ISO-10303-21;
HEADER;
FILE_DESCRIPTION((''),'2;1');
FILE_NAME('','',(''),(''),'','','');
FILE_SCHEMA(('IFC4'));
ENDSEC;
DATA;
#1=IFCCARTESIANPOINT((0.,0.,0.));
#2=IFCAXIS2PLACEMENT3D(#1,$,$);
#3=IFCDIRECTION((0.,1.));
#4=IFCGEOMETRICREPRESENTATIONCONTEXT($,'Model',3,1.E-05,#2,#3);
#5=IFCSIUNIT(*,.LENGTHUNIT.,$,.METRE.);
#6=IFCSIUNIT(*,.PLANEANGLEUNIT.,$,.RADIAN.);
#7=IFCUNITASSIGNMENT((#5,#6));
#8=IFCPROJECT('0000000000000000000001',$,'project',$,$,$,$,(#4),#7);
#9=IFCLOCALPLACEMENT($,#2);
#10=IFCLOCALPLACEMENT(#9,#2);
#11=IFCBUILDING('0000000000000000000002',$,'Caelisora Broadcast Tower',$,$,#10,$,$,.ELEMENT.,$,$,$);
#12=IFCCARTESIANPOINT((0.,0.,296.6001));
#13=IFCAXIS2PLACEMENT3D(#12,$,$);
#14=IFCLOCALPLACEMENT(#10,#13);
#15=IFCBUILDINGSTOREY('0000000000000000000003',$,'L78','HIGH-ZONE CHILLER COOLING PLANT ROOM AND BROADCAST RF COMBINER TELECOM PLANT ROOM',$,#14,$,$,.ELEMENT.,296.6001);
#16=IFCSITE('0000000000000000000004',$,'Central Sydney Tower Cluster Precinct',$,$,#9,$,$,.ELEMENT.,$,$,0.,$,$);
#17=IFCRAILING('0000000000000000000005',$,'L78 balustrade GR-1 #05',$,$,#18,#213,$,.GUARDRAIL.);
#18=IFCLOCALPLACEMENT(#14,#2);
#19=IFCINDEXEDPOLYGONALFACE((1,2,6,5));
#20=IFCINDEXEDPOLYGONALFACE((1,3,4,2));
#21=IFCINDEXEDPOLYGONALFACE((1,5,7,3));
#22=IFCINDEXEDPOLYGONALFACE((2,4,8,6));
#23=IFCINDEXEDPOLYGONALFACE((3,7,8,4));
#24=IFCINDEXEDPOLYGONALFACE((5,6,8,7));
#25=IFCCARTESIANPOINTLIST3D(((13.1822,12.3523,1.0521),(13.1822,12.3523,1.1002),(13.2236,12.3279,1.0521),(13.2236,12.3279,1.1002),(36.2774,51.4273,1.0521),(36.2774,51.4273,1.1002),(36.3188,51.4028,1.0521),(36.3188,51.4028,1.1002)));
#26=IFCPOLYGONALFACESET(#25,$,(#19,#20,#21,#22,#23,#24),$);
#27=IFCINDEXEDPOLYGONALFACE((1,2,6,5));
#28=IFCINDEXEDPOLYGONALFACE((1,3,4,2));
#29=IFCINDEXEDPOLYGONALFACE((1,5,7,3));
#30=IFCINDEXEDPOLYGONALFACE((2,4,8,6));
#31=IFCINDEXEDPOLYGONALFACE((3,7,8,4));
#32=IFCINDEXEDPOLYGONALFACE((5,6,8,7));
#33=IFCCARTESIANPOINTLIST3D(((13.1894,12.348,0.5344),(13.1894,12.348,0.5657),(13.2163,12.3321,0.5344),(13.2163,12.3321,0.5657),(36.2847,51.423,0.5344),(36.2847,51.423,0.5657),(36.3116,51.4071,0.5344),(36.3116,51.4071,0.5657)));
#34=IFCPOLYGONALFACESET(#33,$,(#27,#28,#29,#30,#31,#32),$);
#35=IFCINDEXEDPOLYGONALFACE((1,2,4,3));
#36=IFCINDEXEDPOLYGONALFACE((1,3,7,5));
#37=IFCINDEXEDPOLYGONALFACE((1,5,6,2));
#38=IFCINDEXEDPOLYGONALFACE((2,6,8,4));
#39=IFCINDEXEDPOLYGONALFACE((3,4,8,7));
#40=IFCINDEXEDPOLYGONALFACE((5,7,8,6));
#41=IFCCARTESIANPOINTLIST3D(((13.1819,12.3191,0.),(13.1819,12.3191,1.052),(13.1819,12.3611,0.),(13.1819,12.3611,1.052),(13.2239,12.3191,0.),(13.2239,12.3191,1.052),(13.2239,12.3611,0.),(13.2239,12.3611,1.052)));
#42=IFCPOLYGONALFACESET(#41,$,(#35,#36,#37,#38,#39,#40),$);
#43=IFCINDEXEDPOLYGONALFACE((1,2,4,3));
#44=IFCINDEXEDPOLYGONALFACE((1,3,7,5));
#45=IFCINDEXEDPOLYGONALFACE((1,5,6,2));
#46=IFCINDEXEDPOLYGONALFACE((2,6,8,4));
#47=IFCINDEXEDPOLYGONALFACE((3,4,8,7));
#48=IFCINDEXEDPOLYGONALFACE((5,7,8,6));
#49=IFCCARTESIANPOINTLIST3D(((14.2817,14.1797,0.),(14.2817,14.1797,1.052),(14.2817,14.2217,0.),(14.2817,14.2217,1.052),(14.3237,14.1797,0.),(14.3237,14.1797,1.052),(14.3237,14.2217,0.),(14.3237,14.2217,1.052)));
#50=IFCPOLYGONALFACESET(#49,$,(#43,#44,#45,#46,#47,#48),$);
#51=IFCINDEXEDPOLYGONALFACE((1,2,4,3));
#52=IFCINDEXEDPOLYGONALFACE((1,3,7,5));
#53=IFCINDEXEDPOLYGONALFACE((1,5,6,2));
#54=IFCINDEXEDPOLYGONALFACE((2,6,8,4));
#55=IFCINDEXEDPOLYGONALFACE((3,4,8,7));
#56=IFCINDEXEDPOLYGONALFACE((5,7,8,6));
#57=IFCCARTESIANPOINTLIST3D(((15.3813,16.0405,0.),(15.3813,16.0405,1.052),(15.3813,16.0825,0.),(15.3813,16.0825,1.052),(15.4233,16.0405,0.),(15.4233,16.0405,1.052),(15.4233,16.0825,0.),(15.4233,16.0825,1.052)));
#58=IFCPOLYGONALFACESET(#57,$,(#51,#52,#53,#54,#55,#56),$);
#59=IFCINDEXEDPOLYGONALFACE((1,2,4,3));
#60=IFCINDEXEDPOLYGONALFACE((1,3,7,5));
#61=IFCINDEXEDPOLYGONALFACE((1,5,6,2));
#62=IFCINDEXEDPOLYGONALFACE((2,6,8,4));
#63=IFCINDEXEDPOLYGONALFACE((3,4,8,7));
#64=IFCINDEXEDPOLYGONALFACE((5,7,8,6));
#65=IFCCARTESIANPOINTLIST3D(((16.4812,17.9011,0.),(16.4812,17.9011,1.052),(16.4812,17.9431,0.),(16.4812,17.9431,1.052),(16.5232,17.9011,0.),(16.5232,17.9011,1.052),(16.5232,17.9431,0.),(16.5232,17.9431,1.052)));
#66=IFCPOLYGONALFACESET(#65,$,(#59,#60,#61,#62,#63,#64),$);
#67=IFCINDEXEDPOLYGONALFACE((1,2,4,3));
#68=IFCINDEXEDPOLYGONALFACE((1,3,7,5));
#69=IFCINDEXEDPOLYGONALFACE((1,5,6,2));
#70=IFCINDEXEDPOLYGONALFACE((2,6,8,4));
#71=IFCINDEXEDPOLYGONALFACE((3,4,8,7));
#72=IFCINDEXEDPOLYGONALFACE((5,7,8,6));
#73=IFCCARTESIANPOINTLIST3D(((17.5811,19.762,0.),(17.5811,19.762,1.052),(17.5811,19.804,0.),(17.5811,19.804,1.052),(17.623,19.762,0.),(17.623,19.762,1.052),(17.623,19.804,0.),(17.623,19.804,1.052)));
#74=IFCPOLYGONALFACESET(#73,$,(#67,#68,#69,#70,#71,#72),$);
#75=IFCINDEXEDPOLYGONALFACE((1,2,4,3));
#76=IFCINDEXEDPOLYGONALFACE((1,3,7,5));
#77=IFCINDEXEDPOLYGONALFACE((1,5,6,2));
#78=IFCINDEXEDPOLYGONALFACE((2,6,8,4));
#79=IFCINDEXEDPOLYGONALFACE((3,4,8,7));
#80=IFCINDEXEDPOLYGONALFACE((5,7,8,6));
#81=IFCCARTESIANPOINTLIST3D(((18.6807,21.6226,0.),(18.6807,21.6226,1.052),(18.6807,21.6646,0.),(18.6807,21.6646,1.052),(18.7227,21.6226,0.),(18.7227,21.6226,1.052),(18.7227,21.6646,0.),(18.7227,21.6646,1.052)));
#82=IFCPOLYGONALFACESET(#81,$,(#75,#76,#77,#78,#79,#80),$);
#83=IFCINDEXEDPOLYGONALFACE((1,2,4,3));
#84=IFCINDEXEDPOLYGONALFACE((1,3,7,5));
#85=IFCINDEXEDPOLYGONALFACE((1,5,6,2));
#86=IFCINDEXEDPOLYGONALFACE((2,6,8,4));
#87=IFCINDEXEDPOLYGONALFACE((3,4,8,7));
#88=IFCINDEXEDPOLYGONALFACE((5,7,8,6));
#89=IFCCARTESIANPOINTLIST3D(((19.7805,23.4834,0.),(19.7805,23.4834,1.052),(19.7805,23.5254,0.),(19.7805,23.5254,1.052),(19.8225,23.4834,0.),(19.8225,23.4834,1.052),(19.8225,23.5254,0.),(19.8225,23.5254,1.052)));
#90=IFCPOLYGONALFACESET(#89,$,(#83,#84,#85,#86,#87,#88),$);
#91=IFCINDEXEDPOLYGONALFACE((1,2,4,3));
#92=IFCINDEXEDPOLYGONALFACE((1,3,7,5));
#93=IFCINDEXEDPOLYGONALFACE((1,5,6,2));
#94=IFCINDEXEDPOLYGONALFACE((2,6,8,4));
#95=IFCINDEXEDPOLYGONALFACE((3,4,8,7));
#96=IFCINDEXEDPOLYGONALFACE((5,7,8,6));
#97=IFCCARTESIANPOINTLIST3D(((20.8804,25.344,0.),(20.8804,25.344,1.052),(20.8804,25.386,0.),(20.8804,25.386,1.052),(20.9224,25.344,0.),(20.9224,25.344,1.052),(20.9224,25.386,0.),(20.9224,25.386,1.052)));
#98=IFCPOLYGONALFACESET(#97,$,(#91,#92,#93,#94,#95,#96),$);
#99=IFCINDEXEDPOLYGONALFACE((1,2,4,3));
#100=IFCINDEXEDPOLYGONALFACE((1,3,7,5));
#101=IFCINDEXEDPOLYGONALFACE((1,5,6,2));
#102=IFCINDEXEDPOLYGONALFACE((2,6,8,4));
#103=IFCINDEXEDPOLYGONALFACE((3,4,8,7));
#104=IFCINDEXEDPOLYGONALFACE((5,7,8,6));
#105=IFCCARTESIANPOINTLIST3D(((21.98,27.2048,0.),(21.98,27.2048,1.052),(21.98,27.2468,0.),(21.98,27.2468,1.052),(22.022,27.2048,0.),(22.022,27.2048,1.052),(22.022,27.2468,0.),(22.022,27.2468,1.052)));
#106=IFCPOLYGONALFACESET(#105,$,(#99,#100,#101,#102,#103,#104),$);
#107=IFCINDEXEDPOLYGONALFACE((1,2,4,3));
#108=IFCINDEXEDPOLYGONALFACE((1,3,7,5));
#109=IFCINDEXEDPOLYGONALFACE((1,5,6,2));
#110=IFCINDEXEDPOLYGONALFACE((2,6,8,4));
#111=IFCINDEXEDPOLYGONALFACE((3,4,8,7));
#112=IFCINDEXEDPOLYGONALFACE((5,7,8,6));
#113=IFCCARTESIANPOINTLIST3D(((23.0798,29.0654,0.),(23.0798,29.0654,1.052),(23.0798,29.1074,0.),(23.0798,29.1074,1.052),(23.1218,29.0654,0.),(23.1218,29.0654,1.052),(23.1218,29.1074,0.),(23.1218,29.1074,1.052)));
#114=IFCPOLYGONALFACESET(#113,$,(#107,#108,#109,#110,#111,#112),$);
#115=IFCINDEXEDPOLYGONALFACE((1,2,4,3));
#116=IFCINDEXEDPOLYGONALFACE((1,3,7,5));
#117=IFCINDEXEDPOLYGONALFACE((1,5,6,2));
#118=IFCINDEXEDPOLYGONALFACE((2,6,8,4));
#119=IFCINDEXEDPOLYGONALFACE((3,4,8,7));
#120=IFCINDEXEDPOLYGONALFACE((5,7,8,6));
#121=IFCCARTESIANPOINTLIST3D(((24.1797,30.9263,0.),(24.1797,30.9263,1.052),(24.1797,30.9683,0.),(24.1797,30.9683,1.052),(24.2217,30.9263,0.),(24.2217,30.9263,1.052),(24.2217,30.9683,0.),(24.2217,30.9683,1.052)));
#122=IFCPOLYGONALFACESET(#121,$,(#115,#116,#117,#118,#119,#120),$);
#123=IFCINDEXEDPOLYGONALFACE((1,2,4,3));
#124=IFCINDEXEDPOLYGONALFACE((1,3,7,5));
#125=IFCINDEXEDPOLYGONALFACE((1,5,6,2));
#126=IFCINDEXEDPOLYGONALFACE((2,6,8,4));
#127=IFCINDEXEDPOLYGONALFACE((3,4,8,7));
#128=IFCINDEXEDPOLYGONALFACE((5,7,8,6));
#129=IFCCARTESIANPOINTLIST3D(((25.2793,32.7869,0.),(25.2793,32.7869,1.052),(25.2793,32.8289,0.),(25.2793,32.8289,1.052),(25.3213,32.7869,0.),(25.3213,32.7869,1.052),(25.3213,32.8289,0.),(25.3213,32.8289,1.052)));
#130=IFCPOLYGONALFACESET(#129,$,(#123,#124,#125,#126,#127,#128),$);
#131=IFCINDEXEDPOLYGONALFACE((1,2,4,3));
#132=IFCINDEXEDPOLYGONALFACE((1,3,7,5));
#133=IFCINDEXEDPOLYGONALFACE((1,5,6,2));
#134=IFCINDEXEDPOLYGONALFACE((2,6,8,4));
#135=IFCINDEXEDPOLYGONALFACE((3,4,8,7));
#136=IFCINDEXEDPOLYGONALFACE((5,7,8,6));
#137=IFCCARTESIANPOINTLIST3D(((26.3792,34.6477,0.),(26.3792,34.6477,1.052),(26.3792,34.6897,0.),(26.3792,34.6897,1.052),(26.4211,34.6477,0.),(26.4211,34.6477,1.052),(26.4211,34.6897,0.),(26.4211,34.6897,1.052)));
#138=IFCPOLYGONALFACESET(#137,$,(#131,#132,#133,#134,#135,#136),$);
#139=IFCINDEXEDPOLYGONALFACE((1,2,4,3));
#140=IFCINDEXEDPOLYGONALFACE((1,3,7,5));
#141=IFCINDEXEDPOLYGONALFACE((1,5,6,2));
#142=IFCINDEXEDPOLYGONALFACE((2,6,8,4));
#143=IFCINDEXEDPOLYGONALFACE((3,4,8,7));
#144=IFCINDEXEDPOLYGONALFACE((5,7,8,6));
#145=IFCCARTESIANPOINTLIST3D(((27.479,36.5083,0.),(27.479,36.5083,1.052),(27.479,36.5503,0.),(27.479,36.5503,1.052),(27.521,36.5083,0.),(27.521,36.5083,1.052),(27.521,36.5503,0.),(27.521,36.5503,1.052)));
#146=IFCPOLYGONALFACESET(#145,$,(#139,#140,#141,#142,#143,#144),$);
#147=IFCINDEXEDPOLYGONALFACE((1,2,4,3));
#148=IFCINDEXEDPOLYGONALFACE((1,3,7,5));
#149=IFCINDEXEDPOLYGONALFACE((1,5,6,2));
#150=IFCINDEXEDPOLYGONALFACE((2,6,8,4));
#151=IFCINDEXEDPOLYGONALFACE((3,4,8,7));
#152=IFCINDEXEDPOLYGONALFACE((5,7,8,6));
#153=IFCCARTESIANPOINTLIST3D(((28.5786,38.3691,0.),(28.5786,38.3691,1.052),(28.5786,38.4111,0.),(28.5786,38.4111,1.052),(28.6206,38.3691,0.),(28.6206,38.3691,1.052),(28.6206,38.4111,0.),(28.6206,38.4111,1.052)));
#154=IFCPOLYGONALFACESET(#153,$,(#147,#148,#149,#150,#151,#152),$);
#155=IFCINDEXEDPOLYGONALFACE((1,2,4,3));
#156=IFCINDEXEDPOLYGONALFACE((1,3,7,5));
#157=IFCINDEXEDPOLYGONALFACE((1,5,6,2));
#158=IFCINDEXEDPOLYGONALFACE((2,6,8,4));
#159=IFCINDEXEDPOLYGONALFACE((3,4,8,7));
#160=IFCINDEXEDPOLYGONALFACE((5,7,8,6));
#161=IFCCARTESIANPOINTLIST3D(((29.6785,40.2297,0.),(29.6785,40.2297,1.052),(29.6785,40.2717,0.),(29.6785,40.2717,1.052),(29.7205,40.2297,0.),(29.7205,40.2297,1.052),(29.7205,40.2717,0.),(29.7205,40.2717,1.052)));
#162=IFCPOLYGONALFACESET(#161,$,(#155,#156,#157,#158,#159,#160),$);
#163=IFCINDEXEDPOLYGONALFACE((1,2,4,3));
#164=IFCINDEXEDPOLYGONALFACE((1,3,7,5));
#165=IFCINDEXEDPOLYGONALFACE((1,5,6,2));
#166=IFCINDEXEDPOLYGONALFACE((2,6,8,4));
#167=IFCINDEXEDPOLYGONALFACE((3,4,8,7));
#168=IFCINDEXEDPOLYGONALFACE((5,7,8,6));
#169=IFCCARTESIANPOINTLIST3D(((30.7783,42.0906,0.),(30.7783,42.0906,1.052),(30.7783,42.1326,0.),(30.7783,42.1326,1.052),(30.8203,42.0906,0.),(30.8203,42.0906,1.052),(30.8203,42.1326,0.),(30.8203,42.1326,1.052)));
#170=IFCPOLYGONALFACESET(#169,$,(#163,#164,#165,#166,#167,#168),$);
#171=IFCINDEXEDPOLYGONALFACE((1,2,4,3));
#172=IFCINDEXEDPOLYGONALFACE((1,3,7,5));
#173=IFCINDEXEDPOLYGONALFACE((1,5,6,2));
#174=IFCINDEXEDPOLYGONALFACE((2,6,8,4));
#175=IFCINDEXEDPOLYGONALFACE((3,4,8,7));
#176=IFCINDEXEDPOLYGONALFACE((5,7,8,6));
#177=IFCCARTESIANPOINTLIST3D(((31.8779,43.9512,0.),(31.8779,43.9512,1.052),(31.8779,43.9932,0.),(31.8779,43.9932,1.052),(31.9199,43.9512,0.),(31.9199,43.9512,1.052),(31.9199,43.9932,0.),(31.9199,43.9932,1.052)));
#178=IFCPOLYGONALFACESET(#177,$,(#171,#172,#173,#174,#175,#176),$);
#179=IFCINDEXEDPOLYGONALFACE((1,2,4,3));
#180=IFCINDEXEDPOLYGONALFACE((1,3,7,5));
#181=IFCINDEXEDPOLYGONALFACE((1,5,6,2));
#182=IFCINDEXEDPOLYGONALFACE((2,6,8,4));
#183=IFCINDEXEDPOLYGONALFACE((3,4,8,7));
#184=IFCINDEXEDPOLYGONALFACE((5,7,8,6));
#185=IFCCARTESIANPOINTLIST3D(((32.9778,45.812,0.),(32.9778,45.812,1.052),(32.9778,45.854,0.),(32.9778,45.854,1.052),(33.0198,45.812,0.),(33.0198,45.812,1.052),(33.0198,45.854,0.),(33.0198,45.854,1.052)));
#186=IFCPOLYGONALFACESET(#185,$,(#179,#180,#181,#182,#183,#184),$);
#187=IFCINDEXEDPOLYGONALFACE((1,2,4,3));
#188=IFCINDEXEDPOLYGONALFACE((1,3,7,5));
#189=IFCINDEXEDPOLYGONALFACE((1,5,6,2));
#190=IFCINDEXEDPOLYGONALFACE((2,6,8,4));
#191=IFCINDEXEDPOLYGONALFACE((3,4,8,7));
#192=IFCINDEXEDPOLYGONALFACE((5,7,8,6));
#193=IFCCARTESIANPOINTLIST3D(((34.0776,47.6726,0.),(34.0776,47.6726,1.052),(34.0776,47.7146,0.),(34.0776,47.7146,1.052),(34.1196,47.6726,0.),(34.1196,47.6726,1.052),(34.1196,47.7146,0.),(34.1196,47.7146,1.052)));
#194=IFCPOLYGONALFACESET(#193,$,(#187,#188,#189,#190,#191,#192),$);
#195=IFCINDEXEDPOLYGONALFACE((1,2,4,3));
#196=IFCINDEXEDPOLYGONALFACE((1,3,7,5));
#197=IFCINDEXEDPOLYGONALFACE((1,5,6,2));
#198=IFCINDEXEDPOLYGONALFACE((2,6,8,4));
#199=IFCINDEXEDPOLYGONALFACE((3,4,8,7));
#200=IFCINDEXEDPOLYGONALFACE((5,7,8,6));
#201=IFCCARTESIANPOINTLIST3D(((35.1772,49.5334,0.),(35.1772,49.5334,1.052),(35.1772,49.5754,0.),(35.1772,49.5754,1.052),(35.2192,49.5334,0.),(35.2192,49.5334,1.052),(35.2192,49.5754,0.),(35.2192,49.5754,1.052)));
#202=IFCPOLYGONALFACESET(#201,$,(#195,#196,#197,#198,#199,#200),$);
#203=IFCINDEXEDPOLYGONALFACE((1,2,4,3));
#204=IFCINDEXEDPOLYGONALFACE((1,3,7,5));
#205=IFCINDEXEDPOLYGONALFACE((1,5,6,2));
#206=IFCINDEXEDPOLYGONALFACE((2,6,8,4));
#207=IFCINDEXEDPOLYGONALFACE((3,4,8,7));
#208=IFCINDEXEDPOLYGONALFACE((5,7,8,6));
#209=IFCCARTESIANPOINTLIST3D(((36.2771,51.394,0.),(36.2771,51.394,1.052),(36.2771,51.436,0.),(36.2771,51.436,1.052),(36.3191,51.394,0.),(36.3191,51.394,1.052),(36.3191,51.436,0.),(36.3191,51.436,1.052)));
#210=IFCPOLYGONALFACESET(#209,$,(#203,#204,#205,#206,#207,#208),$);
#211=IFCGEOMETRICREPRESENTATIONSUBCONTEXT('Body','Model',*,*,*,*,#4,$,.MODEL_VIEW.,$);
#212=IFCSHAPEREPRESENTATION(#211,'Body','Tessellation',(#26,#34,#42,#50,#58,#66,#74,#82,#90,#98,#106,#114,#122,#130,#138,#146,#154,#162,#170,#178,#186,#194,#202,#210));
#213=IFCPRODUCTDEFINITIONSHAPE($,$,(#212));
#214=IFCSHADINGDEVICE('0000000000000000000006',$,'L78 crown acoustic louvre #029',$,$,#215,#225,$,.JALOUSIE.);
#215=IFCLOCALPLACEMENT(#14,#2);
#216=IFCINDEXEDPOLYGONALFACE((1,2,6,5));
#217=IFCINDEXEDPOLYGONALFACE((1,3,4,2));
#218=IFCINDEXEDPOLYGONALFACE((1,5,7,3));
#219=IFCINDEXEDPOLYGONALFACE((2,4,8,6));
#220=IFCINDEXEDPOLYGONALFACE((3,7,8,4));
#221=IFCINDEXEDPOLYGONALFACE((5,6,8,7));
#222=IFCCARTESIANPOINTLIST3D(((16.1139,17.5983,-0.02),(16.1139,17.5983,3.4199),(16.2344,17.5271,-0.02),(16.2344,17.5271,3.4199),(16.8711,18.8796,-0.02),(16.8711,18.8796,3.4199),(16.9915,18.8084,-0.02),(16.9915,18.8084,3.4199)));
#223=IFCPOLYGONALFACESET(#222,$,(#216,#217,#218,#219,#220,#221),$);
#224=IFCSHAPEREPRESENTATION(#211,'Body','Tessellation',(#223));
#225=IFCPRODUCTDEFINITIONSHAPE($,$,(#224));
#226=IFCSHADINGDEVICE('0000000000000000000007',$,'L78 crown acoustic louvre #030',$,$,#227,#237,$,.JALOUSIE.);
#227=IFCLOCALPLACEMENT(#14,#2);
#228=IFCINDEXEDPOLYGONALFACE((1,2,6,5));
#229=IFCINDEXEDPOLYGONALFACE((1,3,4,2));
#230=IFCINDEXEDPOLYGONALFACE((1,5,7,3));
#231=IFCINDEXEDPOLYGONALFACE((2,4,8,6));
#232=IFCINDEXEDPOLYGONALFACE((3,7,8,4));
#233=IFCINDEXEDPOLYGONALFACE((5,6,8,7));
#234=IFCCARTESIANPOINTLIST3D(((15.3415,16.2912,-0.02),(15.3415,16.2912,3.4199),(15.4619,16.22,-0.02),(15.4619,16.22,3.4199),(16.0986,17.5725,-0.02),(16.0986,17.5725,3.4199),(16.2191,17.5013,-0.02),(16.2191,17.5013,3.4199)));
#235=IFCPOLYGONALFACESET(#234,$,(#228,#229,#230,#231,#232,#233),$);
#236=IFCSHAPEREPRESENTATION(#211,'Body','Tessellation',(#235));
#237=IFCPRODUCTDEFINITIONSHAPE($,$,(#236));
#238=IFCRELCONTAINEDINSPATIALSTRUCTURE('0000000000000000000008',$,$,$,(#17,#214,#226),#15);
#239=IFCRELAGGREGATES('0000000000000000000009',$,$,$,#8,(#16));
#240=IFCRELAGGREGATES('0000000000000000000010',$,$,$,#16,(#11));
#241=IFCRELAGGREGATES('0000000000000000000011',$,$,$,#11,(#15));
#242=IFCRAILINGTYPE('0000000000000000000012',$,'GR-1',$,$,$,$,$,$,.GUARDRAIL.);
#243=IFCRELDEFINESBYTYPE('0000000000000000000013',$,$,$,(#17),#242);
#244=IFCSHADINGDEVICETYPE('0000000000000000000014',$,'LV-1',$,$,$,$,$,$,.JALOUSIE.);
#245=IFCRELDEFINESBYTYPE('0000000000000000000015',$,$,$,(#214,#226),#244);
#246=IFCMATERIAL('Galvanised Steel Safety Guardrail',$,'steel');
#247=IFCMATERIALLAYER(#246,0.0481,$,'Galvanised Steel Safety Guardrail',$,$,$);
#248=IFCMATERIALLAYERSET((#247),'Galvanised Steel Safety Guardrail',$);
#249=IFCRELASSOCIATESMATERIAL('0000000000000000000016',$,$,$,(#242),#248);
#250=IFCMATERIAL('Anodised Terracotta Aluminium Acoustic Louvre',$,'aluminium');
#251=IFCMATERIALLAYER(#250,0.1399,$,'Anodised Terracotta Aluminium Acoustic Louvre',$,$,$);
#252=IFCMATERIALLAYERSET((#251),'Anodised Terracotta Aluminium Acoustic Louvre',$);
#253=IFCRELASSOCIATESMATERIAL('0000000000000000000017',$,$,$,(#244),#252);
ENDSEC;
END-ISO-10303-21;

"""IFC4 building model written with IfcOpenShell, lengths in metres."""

from ifc_helpers import new_model, si_unit, direction, frame, origin, origin_2d, place, context, subcontext, project, spatial, rectangle, extrude, source, transform, mapped, material, layer, layer_set, type_object, element, save


model = new_model("IFC4")

# Units and contexts
model_context = context("Model", 3, precision=1e-05, world=origin(), true_north=direction((0.0, 1.0)))
body_context = subcontext(model_context, "Body", "Model", "MODEL_VIEW")
ifc_project = project(units=[si_unit("LENGTHUNIT", "METRE"), si_unit("PLANEANGLEUNIT", "RADIAN")], contexts=[model_context])

# Site, building, storey
site_placement = place(None, origin())
site = spatial("IfcSite", under=ifc_project, at=site_placement, Name="Central Sydney Tower Cluster Precinct", CompositionType="ELEMENT", RefElevation=0.0)
building_placement = place(site_placement, origin())
building = spatial("IfcBuilding", under=site, at=building_placement, Name="Caelisora Broadcast Tower", CompositionType="ELEMENT")
storey_placement = place(building_placement, frame((0.0, 0.0, 296.6001)))
storey = spatial("IfcBuildingStorey", under=building, at=storey_placement, Name="L78", Description="HIGH-ZONE CHILLER COOLING PLANT ROOM AND BROADCAST RF COMBINER TELECOM PLANT ROOM", CompositionType="ELEMENT", Elevation=296.6001)

# Railing
ifc_material_1 = material(Name="Galvanised Steel Safety Guardrail", Category="steel")
ifc_layer_1 = layer(ifc_material_1, 0.0481, Name="Galvanised Steel Safety Guardrail")
ifc_layer_set_1 = layer_set([ifc_layer_1], Name="Galvanised Steel Safety Guardrail")
railing_type = type_object("IfcRailingType", Name="GR-1", PredefinedType="GUARDRAIL", material=ifc_layer_set_1)
railing_1_placement = place(storey_placement, frame((13.2029, 12.3401, 0.0)))
element("IfcRailing", 1, at=railing_1_placement, inside=storey, type_object=railing_type, Name="L78 balustrade GR-1 #05", PredefinedType="GUARDRAIL", context=body_context, shape_type="SweptSolid", body=[
    extrude(rectangle(XDim=0.0481, YDim=0.0481, at=origin_2d()), frame((0.0, 0.0, 1.0762), z_axis=(0.508819, 0.860874, 0.0), x_axis=(-0.860874, 0.508819, 0.0)), (0.0, 0.0, 1.0), 45.3899),
    extrude(rectangle(XDim=0.0312, YDim=0.0312, at=origin_2d()), frame((0.0, 0.0, 0.55), z_axis=(0.508819, 0.860874, 0.0), x_axis=(-0.860874, 0.508819, 0.0)), (0.0, 0.0, 1.0), 45.3899),
    extrude(rectangle(XDim=0.042, YDim=0.042, at=origin_2d()), origin(), (0.0, 0.0, 1.0), 1.052),
    extrude(rectangle(XDim=0.042, YDim=0.042, at=origin_2d()), frame((1.0999, 1.8606, 0.0)), (0.0, 0.0, 1.0), 1.052),
    extrude(rectangle(XDim=0.042, YDim=0.042, at=origin_2d()), frame((2.1995, 3.7214, 0.0)), (0.0, 0.0, 1.0), 1.052),
    extrude(rectangle(XDim=0.042, YDim=0.042, at=origin_2d()), frame((3.2993, 5.582, 0.0)), (0.0, 0.0, 1.0), 1.052),
    extrude(rectangle(XDim=0.042, YDim=0.042, at=origin_2d()), frame((4.3992, 7.4429, 0.0)), (0.0, 0.0, 1.0), 1.052),
    extrude(rectangle(XDim=0.042, YDim=0.042, at=origin_2d()), frame((5.4988, 9.3035, 0.0)), (0.0, 0.0, 1.0), 1.052),
    extrude(rectangle(XDim=0.042, YDim=0.042, at=origin_2d()), frame((6.5986, 11.1643, 0.0)), (0.0, 0.0, 1.0), 1.052),
    extrude(rectangle(XDim=0.042, YDim=0.042, at=origin_2d()), frame((7.6985, 13.0249, 0.0)), (0.0, 0.0, 1.0), 1.052),
    extrude(rectangle(XDim=0.042, YDim=0.042, at=origin_2d()), frame((8.7981, 14.8857, 0.0)), (0.0, 0.0, 1.0), 1.052),
    extrude(rectangle(XDim=0.042, YDim=0.042, at=origin_2d()), frame((9.8979, 16.7463, 0.0)), (0.0, 0.0, 1.0), 1.052),
    extrude(rectangle(XDim=0.042, YDim=0.042, at=origin_2d()), frame((10.9978, 18.6072, 0.0)), (0.0, 0.0, 1.0), 1.052),
    extrude(rectangle(XDim=0.042, YDim=0.042, at=origin_2d()), frame((12.0974, 20.4678, 0.0)), (0.0, 0.0, 1.0), 1.052),
    extrude(rectangle(XDim=0.042, YDim=0.042, at=origin_2d()), frame((13.1973, 22.3286, 0.0)), (0.0, 0.0, 1.0), 1.052),
    extrude(rectangle(XDim=0.042, YDim=0.042, at=origin_2d()), frame((14.2971, 24.1892, 0.0)), (0.0, 0.0, 1.0), 1.052),
    extrude(rectangle(XDim=0.042, YDim=0.042, at=origin_2d()), frame((15.3967, 26.05, 0.0)), (0.0, 0.0, 1.0), 1.052),
    extrude(rectangle(XDim=0.042, YDim=0.042, at=origin_2d()), frame((16.4966, 27.9106, 0.0)), (0.0, 0.0, 1.0), 1.052),
    extrude(rectangle(XDim=0.042, YDim=0.042, at=origin_2d()), frame((17.5964, 29.7715, 0.0)), (0.0, 0.0, 1.0), 1.052),
    extrude(rectangle(XDim=0.042, YDim=0.042, at=origin_2d()), frame((18.696, 31.6321, 0.0)), (0.0, 0.0, 1.0), 1.052),
    extrude(rectangle(XDim=0.042, YDim=0.042, at=origin_2d()), frame((19.7959, 33.4929, 0.0)), (0.0, 0.0, 1.0), 1.052),
    extrude(rectangle(XDim=0.042, YDim=0.042, at=origin_2d()), frame((20.8958, 35.3535, 0.0)), (0.0, 0.0, 1.0), 1.052),
    extrude(rectangle(XDim=0.042, YDim=0.042, at=origin_2d()), frame((21.9954, 37.2144, 0.0)), (0.0, 0.0, 1.0), 1.052),
    extrude(rectangle(XDim=0.042, YDim=0.042, at=origin_2d()), frame((23.0952, 39.075, 0.0)), (0.0, 0.0, 1.0), 1.052),
])

# Shading devices
ifc_material_2 = material(Name="Anodised Terracotta Aluminium Acoustic Louvre", Category="aluminium")
ifc_layer_2 = layer(ifc_material_2, 0.1399, Name="Anodised Terracotta Aluminium Acoustic Louvre")
ifc_layer_set_2 = layer_set([ifc_layer_2], Name="Anodised Terracotta Aluminium Acoustic Louvre")
shading_device_type = type_object("IfcShadingDeviceType", Name="LV-1", PredefinedType="JALOUSIE", material=ifc_layer_set_2)
shared_shape_1 = source(origin(), body_context, "Body", "SweptSolid", [
    extrude(rectangle(XDim=1.4883, YDim=0.1399, at=origin_2d()), origin(), (0.0, 0.0, 1.0), 3.4399),
])
for number, where, z_axis, x_axis, name in (
    (2, (16.5527, 18.2034, -0.02), (0.0, 0.0, 1.0), (-0.508741, -0.86092, 0.0), "L78 crown acoustic louvre #029"),
    (3, (15.7803, 16.8962, -0.02), (0.0, 0.0, 1.0), (-0.508741, -0.86092, 0.0), "L78 crown acoustic louvre #030"),
):
    element("IfcShadingDevice", number, at=place(storey_placement, frame(where, z_axis=z_axis, x_axis=x_axis)), inside=storey, type_object=shading_device_type, Name=name, PredefinedType="JALOUSIE", context=body_context, shape_type="MappedRepresentation", body=[
        mapped(shared_shape_1, transform((0.0, 0.0, 0.0), scale=1.0)),
    ])

save(model, "model.ifc")
